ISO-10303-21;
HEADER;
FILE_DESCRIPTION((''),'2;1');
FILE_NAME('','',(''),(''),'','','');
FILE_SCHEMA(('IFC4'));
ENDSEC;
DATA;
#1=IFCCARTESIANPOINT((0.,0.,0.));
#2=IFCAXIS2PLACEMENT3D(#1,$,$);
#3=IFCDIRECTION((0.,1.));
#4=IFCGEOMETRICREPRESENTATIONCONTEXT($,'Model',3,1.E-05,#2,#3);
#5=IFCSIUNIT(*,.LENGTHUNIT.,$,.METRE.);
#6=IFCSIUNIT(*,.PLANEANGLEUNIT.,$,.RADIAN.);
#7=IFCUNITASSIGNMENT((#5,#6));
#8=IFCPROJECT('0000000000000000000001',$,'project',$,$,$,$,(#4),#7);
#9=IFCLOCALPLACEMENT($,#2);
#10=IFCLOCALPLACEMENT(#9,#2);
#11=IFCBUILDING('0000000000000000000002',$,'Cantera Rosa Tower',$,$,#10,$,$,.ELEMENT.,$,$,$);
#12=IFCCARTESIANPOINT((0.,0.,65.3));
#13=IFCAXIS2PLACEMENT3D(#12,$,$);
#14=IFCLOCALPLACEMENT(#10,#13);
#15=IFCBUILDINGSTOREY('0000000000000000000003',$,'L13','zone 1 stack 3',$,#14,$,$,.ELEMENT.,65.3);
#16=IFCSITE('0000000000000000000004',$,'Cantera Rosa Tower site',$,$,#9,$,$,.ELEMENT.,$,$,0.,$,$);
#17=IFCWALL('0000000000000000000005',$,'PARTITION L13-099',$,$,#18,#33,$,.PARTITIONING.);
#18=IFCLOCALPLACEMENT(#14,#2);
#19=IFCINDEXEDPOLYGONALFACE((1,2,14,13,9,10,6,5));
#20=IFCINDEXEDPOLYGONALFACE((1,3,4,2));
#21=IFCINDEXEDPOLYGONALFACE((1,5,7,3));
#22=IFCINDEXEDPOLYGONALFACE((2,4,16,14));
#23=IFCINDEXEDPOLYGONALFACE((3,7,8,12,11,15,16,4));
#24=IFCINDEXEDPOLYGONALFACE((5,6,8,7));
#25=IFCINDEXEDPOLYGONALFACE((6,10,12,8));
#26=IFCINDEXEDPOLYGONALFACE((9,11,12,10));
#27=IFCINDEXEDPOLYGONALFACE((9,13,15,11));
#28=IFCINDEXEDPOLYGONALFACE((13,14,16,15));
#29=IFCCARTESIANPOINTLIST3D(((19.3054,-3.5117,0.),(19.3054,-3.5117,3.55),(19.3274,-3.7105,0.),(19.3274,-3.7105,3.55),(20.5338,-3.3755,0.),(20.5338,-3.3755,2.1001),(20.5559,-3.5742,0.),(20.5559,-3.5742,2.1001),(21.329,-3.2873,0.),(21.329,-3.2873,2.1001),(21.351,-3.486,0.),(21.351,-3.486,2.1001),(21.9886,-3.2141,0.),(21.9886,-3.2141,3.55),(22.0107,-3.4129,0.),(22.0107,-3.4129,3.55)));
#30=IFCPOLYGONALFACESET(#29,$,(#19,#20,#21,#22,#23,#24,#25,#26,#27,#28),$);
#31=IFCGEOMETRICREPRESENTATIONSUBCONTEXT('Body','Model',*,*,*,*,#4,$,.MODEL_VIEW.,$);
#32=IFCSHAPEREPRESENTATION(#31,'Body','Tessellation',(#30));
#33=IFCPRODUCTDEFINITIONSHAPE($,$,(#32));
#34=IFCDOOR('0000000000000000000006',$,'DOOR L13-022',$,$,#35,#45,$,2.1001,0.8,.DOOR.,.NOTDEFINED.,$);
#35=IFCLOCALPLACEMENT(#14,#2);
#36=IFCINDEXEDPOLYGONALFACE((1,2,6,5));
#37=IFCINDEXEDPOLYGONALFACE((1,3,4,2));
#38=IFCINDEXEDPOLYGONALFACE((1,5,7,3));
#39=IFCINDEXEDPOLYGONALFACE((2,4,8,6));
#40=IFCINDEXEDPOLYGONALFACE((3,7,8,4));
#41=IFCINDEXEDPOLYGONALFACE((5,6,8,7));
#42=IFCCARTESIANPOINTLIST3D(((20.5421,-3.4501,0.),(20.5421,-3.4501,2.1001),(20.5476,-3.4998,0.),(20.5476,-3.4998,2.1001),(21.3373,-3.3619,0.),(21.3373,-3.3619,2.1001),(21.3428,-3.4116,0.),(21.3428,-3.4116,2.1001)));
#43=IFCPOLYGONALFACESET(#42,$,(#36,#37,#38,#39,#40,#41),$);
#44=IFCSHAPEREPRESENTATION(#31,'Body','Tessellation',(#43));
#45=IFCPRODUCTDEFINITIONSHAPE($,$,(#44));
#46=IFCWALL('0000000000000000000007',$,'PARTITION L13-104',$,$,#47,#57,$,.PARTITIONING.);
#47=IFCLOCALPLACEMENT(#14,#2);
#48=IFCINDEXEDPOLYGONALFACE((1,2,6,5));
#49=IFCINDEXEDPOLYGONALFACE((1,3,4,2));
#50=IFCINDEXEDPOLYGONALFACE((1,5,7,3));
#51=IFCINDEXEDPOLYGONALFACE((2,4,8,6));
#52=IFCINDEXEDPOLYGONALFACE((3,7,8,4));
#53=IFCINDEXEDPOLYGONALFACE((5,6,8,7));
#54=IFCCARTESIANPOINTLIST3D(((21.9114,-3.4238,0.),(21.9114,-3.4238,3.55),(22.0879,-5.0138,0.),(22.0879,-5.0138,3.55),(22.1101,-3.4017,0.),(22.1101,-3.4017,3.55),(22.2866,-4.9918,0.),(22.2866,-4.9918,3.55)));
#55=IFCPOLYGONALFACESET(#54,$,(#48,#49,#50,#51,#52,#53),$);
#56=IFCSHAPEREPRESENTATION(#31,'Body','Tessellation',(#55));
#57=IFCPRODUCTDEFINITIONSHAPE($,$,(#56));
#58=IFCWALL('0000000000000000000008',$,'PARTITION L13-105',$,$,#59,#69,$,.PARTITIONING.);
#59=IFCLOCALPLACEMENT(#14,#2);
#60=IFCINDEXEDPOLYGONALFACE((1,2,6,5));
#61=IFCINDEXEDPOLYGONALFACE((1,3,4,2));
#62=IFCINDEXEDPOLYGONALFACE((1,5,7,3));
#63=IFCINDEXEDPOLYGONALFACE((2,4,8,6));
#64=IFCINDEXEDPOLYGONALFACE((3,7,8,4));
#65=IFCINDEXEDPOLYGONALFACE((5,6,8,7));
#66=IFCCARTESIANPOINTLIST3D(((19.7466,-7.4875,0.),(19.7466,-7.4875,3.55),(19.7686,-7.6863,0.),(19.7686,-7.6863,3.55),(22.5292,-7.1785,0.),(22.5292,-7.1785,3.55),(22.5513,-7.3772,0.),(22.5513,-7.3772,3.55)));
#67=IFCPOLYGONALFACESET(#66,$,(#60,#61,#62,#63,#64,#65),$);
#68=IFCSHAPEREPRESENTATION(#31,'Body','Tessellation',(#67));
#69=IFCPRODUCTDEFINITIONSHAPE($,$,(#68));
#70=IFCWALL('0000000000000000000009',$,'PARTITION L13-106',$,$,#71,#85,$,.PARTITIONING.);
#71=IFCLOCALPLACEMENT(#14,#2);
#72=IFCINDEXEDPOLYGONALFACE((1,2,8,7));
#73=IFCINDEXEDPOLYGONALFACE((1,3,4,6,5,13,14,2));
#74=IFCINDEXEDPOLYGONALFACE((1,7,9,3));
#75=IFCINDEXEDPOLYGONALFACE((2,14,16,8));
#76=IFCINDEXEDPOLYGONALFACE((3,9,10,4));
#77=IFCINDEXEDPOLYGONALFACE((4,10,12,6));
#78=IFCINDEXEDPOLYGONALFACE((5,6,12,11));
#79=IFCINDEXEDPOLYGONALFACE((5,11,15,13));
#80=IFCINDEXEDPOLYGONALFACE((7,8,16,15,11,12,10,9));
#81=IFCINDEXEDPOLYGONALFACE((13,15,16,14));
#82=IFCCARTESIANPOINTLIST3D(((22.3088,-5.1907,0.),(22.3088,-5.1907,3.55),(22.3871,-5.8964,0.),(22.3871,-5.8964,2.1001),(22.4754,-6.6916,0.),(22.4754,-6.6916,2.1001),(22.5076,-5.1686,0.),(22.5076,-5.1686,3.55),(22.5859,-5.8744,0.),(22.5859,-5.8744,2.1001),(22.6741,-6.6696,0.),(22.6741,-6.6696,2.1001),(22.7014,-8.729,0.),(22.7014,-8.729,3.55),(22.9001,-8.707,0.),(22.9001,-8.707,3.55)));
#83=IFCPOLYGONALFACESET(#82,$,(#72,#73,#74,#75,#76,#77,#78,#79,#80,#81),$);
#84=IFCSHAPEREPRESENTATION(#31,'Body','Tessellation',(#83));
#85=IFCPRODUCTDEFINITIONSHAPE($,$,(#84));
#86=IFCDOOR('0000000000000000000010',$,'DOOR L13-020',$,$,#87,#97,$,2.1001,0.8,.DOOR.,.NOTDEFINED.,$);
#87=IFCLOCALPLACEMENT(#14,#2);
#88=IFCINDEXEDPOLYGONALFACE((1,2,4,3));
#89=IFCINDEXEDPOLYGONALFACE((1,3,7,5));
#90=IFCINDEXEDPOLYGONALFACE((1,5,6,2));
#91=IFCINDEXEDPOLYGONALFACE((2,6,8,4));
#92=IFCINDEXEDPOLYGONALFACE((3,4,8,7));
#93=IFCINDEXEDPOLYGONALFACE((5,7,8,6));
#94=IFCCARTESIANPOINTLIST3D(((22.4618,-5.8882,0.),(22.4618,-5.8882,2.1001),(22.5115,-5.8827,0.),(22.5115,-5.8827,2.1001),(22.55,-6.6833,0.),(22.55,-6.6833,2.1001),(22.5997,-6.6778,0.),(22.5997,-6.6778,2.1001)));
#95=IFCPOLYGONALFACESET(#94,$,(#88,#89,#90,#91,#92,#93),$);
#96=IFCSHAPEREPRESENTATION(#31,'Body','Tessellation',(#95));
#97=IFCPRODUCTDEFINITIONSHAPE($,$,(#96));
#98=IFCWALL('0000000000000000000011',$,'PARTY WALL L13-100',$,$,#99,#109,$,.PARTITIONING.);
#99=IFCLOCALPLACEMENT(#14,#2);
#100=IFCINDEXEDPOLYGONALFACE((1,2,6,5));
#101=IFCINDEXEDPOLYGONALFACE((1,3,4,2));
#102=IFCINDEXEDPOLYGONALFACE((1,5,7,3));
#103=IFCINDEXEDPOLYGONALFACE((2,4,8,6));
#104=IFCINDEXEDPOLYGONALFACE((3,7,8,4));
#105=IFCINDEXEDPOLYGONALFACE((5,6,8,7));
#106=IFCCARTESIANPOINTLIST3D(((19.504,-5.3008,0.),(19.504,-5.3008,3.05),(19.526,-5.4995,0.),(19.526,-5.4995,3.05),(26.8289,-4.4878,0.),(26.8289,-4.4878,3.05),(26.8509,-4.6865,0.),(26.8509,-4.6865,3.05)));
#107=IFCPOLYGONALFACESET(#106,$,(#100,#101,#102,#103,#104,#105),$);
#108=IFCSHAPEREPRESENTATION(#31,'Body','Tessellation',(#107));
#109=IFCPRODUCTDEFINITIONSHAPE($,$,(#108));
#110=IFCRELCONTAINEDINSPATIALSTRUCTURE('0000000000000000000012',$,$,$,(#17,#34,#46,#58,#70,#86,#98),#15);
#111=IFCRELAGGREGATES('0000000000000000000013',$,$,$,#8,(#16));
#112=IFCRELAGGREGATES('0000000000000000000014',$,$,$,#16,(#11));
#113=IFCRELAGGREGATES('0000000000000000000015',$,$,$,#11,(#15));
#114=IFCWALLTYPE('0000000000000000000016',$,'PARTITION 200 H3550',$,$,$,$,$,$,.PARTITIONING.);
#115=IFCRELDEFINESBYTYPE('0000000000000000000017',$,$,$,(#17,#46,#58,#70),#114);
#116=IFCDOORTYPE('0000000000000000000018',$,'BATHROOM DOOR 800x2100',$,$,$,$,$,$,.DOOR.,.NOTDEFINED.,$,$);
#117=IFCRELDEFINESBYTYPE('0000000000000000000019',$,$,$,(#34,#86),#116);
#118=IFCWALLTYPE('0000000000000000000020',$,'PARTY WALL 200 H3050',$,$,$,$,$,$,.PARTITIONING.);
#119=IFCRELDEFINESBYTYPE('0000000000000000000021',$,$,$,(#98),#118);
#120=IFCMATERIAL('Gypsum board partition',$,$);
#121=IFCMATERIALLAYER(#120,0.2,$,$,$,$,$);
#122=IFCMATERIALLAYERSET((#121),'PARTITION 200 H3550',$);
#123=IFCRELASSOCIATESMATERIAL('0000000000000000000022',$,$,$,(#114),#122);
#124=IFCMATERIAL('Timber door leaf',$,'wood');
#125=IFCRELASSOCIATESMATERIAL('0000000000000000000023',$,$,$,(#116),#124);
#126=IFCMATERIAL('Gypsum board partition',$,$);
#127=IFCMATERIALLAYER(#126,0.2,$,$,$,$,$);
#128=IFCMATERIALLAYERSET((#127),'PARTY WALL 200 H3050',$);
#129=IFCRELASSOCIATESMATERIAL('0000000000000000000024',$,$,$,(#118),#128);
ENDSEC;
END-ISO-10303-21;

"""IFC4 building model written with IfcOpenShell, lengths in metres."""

from ifc_helpers import new_model, si_unit, direction, frame, frame_2d, origin, place, context, subcontext, project, spatial, rectangle, extrude, material, layer, layer_set, type_object, element, fill, save


model = new_model("IFC4")

# Units and contexts
model_context = context("Model", 3, precision=1e-05, world=origin(), true_north=direction((0.0, 1.0)))
body_context = subcontext(model_context, "Body", "Model", "MODEL_VIEW")
ifc_project = project(units=[si_unit("LENGTHUNIT", "METRE"), si_unit("PLANEANGLEUNIT", "RADIAN")], contexts=[model_context])

# Site, building, storey
site_placement = place(None, origin())
site = spatial("IfcSite", under=ifc_project, at=site_placement, Name="Cantera Rosa Tower site", CompositionType="ELEMENT", RefElevation=0.0)
building_placement = place(site_placement, origin())
building = spatial("IfcBuilding", under=site, at=building_placement, Name="Cantera Rosa Tower", CompositionType="ELEMENT")
storey_placement = place(building_placement, frame((0.0, 0.0, 65.3)))
storey = spatial("IfcBuildingStorey", under=building, at=storey_placement, Name="L13", Description="zone 1 stack 3", CompositionType="ELEMENT", Elevation=65.3)

# Shared definitions
ifc_material_1 = material(Name="Gypsum board partition")
ifc_layer_1 = layer(ifc_material_1, 0.2)
ifc_layer_set_1 = layer_set([ifc_layer_1], Name="PARTITION 200 H3550")
wall_type_1 = type_object("IfcWallType", Name="PARTITION 200 H3550", PredefinedType="PARTITIONING", material=ifc_layer_set_1)

# Wall, opening, door
wall_1_placement = place(storey_placement, frame((19.3164, -3.6111, 0.0), z_axis=(0.0, 0.0, 1.0), x_axis=(0.993906, 0.110233, 0.0)))
wall_1 = element("IfcWall", 1, at=wall_1_placement, inside=storey, type_object=wall_type_1, Name="PARTITION L13-099", PredefinedType="PARTITIONING", context=body_context, shape_type="SweptSolid", body=[
    extrude(rectangle(XDim=2.6997, YDim=0.2, at=frame_2d((1.3499, 0.0))), origin(), (0.0, 0.0, 1.0), 3.55),
])
opening_1_placement = place(wall_1_placement, frame((1.2361, 0.0, 0.0)))
opening_1 = element("IfcOpeningElement", 2, at=opening_1_placement, cuts=wall_1, PredefinedType="OPENING", context=body_context, shape_type="SweptSolid", body=[
    extrude(rectangle(XDim=0.8, YDim=2.1001, at=frame_2d((0.3999, 1.05))), frame((0.0, 0.1099, 0.0), z_axis=(0.0, -1.0, 0.0), x_axis=(1.0, 0.0, 0.0)), (0.0, 0.0, 1.0), 0.22),
])
ifc_material_2 = material(Name="Timber door leaf", Category="wood")
door_type_1 = type_object("IfcDoorType", Name="BATHROOM DOOR 800x2100", OperationType="NOTDEFINED", PredefinedType="DOOR", material=ifc_material_2)
door_1_placement = place(opening_1_placement, origin())
door_1 = element("IfcDoor", 3, at=door_1_placement, inside=storey, type_object=door_type_1, Name="DOOR L13-022", OperationType="NOTDEFINED", OverallHeight=2.1001, OverallWidth=0.8, PredefinedType="DOOR", context=body_context, shape_type="SweptSolid", body=[
    extrude(rectangle(XDim=0.8, YDim=2.1001, at=frame_2d((0.3999, 1.05))), frame((0.0, 0.0249, 0.0), z_axis=(0.0, -1.0, 0.0), x_axis=(1.0, 0.0, 0.0)), (0.0, 0.0, 1.0), 0.05),
])
fill(opening_1, door_1)

# Walls
wall_2_placement = place(storey_placement, frame((22.0107, -3.4128, 0.0), z_axis=(0.0, 0.0, 1.0), x_axis=(0.110331, -0.993895, 0.0)))
element("IfcWall", 4, at=wall_2_placement, inside=storey, type_object=wall_type_1, Name="PARTITION L13-104", PredefinedType="PARTITIONING", context=body_context, shape_type="SweptSolid", body=[
    extrude(rectangle(XDim=1.5999, YDim=0.2, at=frame_2d((0.7998, 0.0))), origin(), (0.0, 0.0, 1.0), 3.55),
])
wall_3_placement = place(storey_placement, frame((22.5403, -7.2778, 0.0), z_axis=(0.0, 0.0, 1.0), x_axis=(-0.993888, -0.110393, 0.0)))
element("IfcWall", 5, at=wall_3_placement, inside=storey, type_object=wall_type_1, Name="PARTITION L13-105", PredefinedType="PARTITIONING", context=body_context, shape_type="SweptSolid", body=[
    extrude(rectangle(XDim=2.7998, YDim=0.2, at=frame_2d((1.3999, 0.0))), origin(), (0.0, 0.0, 1.0), 3.55),
])

# Wall, opening, door
wall_4_placement = place(storey_placement, frame((22.8008, -8.718, 0.0), z_axis=(0.0, 0.0, 1.0), x_axis=(-0.110273, 0.993901, 0.0)))
wall_4 = element("IfcWall", 6, at=wall_4_placement, inside=storey, type_object=wall_type_1, Name="PARTITION L13-106", PredefinedType="PARTITIONING", context=body_context, shape_type="SweptSolid", body=[
    extrude(rectangle(XDim=3.5601, YDim=0.2, at=frame_2d((1.78, 0.0))), origin(), (0.0, 0.0, 1.0), 3.55),
])
opening_2_placement = place(wall_4_placement, frame((2.05, 0.0, 0.0)))
opening_2 = element("IfcOpeningElement", 7, at=opening_2_placement, cuts=wall_4, PredefinedType="OPENING", context=body_context, shape_type="SweptSolid", body=[
    extrude(rectangle(XDim=0.8, YDim=2.1001, at=frame_2d((0.3999, 1.05))), frame((0.0, 0.1099, 0.0), z_axis=(0.0, -1.0, 0.0), x_axis=(1.0, 0.0, 0.0)), (0.0, 0.0, 1.0), 0.22),
])
door_2_placement = place(opening_2_placement, origin())
door_2 = element("IfcDoor", 8, at=door_2_placement, inside=storey, type_object=door_type_1, Name="DOOR L13-020", OperationType="NOTDEFINED", OverallHeight=2.1001, OverallWidth=0.8, PredefinedType="DOOR", context=body_context, shape_type="SweptSolid", body=[
    extrude(rectangle(XDim=0.8, YDim=2.1001, at=frame_2d((0.3999, 1.05))), frame((0.0, 0.0249, 0.0), z_axis=(0.0, -1.0, 0.0), x_axis=(1.0, 0.0, 0.0)), (0.0, 0.0, 1.0), 0.05),
])
fill(opening_2, door_2)

# Wall
ifc_material_3 = material(Name="Gypsum board partition")
ifc_layer_2 = layer(ifc_material_3, 0.2)
ifc_layer_set_2 = layer_set([ifc_layer_2], Name="PARTY WALL 200 H3050")
wall_type_2 = type_object("IfcWallType", Name="PARTY WALL 200 H3050", PredefinedType="PARTITIONING", material=ifc_layer_set_2)
wall_5_placement = place(storey_placement, frame((19.5149, -5.4001, 0.0), z_axis=(0.0, 0.0, 1.0), x_axis=(0.993897, 0.110312, 0.0)))
element("IfcWall", 9, at=wall_5_placement, inside=storey, type_object=wall_type_2, Name="PARTY WALL L13-100", PredefinedType="PARTITIONING", context=body_context, shape_type="SweptSolid", body=[
    extrude(rectangle(XDim=7.3699, YDim=0.2, at=frame_2d((3.6851, 0.0))), origin(), (0.0, 0.0, 1.0), 3.05),
])

save(model, "model.ifc")
